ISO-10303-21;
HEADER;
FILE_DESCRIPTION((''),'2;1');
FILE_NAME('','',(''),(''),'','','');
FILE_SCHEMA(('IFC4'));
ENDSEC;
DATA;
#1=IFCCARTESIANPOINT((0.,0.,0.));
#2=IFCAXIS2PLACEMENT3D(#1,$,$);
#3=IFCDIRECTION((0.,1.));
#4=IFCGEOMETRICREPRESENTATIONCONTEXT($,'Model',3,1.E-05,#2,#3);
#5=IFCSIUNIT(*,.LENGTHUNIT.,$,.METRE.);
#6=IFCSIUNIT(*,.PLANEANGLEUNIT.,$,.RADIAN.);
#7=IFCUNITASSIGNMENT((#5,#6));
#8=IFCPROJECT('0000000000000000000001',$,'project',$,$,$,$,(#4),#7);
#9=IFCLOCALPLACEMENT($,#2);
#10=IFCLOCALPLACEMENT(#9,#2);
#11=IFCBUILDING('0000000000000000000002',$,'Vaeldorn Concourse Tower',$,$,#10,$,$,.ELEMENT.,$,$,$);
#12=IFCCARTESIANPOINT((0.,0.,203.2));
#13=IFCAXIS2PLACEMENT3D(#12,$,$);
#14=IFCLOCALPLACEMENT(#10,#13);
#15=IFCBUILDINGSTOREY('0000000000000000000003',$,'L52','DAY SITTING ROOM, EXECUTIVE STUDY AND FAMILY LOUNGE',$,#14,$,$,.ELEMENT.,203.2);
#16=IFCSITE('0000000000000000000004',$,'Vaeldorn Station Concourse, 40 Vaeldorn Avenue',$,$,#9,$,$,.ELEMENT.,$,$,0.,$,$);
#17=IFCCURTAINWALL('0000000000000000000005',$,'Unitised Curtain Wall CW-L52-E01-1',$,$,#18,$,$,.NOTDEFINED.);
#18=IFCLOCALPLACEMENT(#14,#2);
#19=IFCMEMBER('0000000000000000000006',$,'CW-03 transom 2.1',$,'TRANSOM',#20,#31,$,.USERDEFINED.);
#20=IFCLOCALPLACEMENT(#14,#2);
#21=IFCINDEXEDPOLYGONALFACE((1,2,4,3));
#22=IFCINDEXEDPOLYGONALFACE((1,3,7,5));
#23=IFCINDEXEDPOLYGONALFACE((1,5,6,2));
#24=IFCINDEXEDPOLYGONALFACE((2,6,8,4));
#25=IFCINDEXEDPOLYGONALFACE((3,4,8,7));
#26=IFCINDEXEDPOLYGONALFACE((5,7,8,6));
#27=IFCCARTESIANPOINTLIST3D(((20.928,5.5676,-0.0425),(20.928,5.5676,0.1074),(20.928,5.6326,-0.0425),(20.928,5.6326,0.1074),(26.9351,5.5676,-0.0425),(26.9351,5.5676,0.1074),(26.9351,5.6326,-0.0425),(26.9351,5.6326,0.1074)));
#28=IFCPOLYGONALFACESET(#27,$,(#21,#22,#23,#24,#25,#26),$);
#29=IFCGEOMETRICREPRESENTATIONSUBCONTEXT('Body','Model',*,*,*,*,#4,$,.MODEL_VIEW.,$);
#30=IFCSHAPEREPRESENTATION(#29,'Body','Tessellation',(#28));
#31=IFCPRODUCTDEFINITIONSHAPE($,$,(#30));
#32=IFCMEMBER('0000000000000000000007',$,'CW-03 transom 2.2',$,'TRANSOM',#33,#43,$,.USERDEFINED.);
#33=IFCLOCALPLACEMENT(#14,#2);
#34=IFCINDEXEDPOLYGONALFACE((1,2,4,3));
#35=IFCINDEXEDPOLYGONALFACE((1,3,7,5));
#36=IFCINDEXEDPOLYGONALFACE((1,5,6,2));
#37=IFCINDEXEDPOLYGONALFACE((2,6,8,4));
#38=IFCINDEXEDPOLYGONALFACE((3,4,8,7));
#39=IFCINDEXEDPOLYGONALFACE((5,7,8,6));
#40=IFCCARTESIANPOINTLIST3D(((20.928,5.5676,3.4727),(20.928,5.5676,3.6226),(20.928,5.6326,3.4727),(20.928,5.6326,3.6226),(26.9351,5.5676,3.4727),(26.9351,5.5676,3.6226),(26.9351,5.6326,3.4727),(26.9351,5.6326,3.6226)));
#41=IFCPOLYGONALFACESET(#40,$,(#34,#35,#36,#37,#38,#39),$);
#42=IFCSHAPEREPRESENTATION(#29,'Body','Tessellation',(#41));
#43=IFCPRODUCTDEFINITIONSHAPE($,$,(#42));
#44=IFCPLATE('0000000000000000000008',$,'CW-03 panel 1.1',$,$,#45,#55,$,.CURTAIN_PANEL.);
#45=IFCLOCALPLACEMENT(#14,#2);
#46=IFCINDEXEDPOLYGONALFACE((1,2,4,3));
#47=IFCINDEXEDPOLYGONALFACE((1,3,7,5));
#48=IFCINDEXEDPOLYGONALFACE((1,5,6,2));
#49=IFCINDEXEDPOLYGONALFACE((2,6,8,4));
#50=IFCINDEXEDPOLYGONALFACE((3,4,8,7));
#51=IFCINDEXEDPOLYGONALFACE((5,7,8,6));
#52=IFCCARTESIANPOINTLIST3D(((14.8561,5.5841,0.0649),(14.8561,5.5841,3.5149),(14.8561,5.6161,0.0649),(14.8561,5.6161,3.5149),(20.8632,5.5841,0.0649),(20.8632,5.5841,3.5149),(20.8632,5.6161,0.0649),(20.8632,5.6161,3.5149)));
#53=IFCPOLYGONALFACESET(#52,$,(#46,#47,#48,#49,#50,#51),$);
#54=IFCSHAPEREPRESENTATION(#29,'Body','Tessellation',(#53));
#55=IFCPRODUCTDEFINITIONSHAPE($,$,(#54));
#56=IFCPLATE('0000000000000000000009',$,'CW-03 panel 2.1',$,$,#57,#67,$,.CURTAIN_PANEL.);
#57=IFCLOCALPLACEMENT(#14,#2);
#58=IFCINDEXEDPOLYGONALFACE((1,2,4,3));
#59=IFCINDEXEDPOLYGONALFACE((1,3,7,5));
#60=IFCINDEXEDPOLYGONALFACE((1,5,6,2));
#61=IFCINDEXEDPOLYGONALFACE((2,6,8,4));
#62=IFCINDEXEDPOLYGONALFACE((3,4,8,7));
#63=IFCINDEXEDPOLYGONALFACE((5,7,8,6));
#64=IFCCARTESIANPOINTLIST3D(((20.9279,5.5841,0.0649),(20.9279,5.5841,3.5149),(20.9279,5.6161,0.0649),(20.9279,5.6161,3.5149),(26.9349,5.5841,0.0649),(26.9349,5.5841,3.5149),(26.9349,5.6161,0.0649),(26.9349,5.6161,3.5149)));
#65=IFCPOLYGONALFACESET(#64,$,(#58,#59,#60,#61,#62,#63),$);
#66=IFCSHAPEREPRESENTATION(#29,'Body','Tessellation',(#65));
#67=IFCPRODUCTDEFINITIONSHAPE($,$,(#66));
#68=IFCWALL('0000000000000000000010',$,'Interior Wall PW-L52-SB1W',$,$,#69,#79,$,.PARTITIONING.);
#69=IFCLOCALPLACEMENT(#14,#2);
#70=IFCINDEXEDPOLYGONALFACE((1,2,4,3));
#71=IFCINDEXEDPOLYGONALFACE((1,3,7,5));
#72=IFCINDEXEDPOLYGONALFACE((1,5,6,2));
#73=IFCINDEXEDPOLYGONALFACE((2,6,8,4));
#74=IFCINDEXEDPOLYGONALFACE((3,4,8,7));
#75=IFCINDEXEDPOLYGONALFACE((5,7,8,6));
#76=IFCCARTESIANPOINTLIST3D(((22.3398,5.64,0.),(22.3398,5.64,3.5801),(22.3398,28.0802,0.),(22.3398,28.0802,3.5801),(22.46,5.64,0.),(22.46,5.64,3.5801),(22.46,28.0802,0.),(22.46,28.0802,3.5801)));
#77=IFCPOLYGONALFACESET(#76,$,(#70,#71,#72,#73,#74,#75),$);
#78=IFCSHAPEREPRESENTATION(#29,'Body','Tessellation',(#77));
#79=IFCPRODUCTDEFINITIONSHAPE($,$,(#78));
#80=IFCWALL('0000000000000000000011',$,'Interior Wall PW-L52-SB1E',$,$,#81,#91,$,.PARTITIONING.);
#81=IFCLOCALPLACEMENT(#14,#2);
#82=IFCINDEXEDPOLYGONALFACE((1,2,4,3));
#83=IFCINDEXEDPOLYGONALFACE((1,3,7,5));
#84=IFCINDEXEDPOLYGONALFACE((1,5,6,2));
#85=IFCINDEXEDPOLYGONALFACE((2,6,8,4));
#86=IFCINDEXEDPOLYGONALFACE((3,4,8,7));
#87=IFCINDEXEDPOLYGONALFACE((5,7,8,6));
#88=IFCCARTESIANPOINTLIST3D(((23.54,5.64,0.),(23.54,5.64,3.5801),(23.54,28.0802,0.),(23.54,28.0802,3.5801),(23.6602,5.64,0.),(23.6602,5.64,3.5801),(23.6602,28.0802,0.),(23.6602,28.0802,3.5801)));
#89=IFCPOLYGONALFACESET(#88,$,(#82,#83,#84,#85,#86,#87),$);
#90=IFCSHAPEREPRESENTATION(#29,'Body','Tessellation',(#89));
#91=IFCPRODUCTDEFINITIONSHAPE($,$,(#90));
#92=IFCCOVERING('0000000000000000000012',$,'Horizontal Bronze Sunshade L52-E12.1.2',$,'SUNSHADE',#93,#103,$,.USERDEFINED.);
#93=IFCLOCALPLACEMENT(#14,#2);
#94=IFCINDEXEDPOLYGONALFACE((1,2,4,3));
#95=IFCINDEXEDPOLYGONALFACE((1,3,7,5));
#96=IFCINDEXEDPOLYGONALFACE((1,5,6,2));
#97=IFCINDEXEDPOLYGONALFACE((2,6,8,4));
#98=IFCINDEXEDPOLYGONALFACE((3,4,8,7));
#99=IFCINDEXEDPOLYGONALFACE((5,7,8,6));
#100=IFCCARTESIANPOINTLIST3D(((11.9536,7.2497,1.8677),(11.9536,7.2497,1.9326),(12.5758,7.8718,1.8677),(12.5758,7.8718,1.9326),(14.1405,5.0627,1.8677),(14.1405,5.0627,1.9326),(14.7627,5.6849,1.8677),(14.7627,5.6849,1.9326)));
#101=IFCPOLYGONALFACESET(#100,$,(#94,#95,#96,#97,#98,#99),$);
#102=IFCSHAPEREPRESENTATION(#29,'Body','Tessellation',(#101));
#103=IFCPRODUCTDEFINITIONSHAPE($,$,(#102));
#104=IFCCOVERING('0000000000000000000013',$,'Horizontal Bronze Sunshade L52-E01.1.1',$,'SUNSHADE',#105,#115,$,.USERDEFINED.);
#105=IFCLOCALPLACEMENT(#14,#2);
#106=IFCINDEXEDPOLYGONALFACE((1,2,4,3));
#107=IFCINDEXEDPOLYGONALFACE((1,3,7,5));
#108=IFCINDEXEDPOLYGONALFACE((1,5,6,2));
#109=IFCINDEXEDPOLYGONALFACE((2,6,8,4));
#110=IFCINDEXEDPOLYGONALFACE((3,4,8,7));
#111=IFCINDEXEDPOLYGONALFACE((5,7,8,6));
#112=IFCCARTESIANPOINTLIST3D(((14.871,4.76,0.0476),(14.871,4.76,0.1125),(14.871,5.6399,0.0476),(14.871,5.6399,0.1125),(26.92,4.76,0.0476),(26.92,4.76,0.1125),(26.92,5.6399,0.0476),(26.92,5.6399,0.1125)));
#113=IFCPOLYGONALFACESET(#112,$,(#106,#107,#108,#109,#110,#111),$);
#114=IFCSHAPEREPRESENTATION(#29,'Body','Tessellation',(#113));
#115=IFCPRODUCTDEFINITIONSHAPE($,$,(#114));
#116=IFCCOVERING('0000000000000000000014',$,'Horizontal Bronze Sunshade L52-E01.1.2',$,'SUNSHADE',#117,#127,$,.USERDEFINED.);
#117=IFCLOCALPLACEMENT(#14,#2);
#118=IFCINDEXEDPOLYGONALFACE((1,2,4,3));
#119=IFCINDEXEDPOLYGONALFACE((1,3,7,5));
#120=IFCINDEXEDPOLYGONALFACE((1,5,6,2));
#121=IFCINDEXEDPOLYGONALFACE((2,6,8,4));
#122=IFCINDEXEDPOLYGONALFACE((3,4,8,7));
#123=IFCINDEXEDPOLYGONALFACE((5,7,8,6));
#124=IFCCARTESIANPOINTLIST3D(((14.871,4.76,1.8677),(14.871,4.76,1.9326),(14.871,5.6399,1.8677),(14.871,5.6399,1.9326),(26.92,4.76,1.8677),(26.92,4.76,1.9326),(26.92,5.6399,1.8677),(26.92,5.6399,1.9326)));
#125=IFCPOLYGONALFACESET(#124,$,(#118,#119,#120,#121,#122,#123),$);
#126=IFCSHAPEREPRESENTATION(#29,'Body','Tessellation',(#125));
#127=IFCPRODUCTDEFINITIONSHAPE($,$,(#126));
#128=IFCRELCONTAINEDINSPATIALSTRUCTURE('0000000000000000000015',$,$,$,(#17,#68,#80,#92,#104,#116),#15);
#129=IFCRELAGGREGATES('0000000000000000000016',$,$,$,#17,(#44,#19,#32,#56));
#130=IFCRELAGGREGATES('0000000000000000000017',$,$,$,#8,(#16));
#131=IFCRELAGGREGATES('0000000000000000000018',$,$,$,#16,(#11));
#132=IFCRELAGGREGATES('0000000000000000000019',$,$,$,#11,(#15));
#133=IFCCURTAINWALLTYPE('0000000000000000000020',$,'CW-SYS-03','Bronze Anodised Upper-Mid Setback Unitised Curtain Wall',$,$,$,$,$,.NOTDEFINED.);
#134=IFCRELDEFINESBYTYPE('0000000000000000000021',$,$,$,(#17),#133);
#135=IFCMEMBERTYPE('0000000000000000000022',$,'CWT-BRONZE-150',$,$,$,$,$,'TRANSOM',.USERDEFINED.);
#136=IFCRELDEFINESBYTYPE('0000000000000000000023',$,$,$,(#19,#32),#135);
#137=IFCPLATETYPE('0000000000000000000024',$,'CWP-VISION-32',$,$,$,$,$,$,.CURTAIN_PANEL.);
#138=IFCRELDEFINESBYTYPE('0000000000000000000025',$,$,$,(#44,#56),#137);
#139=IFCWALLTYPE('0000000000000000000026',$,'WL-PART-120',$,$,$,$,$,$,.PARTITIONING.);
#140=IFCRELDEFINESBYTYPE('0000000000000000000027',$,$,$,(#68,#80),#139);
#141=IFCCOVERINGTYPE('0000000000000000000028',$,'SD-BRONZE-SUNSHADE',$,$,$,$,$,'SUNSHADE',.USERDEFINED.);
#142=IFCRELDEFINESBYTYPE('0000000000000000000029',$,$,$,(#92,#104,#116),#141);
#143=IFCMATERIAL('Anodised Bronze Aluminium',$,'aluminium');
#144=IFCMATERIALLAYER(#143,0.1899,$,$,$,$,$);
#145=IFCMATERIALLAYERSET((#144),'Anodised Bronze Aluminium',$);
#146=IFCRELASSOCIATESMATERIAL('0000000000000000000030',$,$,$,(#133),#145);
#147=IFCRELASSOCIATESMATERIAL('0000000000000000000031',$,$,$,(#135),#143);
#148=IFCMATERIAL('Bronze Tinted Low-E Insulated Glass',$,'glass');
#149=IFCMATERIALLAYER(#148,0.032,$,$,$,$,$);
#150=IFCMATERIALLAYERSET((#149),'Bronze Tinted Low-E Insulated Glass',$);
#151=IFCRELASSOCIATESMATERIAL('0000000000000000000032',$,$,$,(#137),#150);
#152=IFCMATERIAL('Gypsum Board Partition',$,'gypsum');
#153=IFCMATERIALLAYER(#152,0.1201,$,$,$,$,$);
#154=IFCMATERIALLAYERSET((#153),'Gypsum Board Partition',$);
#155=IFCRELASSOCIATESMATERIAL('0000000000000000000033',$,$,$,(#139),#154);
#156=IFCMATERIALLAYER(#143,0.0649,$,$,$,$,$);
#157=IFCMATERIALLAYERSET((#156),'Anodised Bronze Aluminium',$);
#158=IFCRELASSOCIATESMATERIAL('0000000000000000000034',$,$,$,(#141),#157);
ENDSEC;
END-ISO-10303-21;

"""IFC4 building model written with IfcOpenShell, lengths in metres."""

from ifc_helpers import new_model, si_unit, direction, frame, frame_2d, origin, origin_2d, place, context, subcontext, project, spatial, rectangle, extrude, source, transform, mapped, material, layer, layer_set, material_profile, profile_set, type_object, element, aggregate, save


model = new_model("IFC4")

# Units and contexts
model_context = context("Model", 3, precision=1e-05, world=origin(), true_north=direction((0.0, 1.0)))
body_context = subcontext(model_context, "Body", "Model", "MODEL_VIEW")
ifc_project = project(units=[si_unit("LENGTHUNIT", "METRE"), si_unit("PLANEANGLEUNIT", "RADIAN")], contexts=[model_context])

# Site, building, storey
site_placement = place(None, origin())
site = spatial("IfcSite", under=ifc_project, at=site_placement, Name="Vaeldorn Station Concourse, 40 Vaeldorn Avenue", CompositionType="ELEMENT", RefElevation=0.0)
building_placement = place(site_placement, origin())
building = spatial("IfcBuilding", under=site, at=building_placement, Name="Vaeldorn Concourse Tower", CompositionType="ELEMENT")
storey_placement = place(building_placement, frame((0.0, 0.0, 203.2)))
storey = spatial("IfcBuildingStorey", under=building, at=storey_placement, Name="L52", Description="DAY SITTING ROOM, EXECUTIVE STUDY AND FAMILY LOUNGE", CompositionType="ELEMENT", Elevation=203.2)

# Curtain wall
ifc_material_1 = material(Name="Anodised Bronze Aluminium", Category="aluminium")
ifc_layer_1 = layer(ifc_material_1, 0.1899)
ifc_layer_set_1 = layer_set([ifc_layer_1], Name="Anodised Bronze Aluminium")
curtain_wall_type = type_object("IfcCurtainWallType", Name="CW-SYS-03", Description="Bronze Anodised Upper-Mid Setback Unitised Curtain Wall", PredefinedType="NOTDEFINED", material=ifc_layer_set_1)
ifc_material_profile_1 = material_profile(ifc_material_1, rectangle(XDim=0.0649, YDim=0.1499, at=origin_2d()), Name="CWT 65x150")
ifc_profile_set_1 = profile_set([ifc_material_profile_1], Name="Anodised Bronze Aluminium")
member_type_1 = type_object("IfcMemberType", Name="CWT-BRONZE-150", ElementType="TRANSOM", PredefinedType="USERDEFINED", material=ifc_profile_set_1)
curtain_wall_1_placement = place(storey_placement, origin())
curtain_wall_1 = element("IfcCurtainWall", 1, at=curtain_wall_1_placement, inside=storey, type_object=curtain_wall_type, Name="Unitised Curtain Wall CW-L52-E01-1", PredefinedType="NOTDEFINED")

# Members
shared_shape_1 = source(origin(), body_context, "Body", "SweptSolid", [
    extrude(rectangle(XDim=0.0649, YDim=0.1499, at=origin_2d()), origin(), (0.0, 0.0, 1.0), 6.0071),
])
member_1_placement = place(storey_placement, frame((20.928, 5.6001, 0.0325), z_axis=(1.0, 0.0, 0.0), x_axis=(0.0, 1.0, 0.0)))
member_1 = element("IfcMember", 2, at=member_1_placement, type_object=member_type_1, Name="CW-03 transom 2.1", ObjectType="TRANSOM", PredefinedType="USERDEFINED", context=body_context, shape_type="MappedRepresentation", body=[
    mapped(shared_shape_1, transform((0.0, 0.0, 0.0), scale=1.0)),
])
member_2_placement = place(storey_placement, frame((20.928, 5.6001, 3.5476), z_axis=(1.0, 0.0, 0.0), x_axis=(0.0, 1.0, 0.0)))
member_2 = element("IfcMember", 3, at=member_2_placement, type_object=member_type_1, Name="CW-03 transom 2.2", ObjectType="TRANSOM", PredefinedType="USERDEFINED", context=body_context, shape_type="MappedRepresentation", body=[
    mapped(shared_shape_1, transform((0.0, 0.0, 0.0), scale=1.0)),
])

# Plates
ifc_material_2 = material(Name="Bronze Tinted Low-E Insulated Glass", Category="glass")
ifc_layer_2 = layer(ifc_material_2, 0.032)
ifc_layer_set_2 = layer_set([ifc_layer_2], Name="Bronze Tinted Low-E Insulated Glass")
plate_type = type_object("IfcPlateType", Name="CWP-VISION-32", PredefinedType="CURTAIN_PANEL", material=ifc_layer_set_2)
shared_shape_2 = source(origin(), body_context, "Body", "SweptSolid", [
    extrude(rectangle(XDim=6.0071, YDim=0.032, at=origin_2d()), origin(), (0.0, 0.0, 1.0), 3.45),
])
plate_1_placement = place(storey_placement, frame((17.8596, 5.6001, 0.0649), z_axis=(0.0, 0.0, 1.0), x_axis=(1.0, 0.0, 0.0)))
plate_1 = element("IfcPlate", 4, at=plate_1_placement, type_object=plate_type, Name="CW-03 panel 1.1", PredefinedType="CURTAIN_PANEL", context=body_context, shape_type="MappedRepresentation", body=[
    mapped(shared_shape_2, transform((0.0, 0.0, 0.0), scale=1.0)),
])
plate_2_placement = place(storey_placement, frame((23.9314, 5.6001, 0.0649), z_axis=(0.0, 0.0, 1.0), x_axis=(1.0, 0.0, 0.0)))
plate_2 = element("IfcPlate", 5, at=plate_2_placement, type_object=plate_type, Name="CW-03 panel 2.1", PredefinedType="CURTAIN_PANEL", context=body_context, shape_type="MappedRepresentation", body=[
    mapped(shared_shape_2, transform((0.0, 0.0, 0.0), scale=1.0)),
])
aggregate(curtain_wall_1, [plate_1, member_1, member_2, plate_2])

# Walls
ifc_material_3 = material(Name="Gypsum Board Partition", Category="gypsum")
ifc_layer_3 = layer(ifc_material_3, 0.1201)
ifc_layer_set_3 = layer_set([ifc_layer_3], Name="Gypsum Board Partition")
wall_type = type_object("IfcWallType", Name="WL-PART-120", PredefinedType="PARTITIONING", material=ifc_layer_set_3)
for number, where, z_axis, x_axis, name in (
    (6, (22.3999, 5.6399, 0.0), (0.0, 0.0, 1.0), (0.0, 1.0, 0.0), "Interior Wall PW-L52-SB1W"),
    (7, (23.6001, 5.6399, 0.0), (0.0, 0.0, 1.0), (0.0, 1.0, 0.0), "Interior Wall PW-L52-SB1E"),
):
    element("IfcWall", number, at=place(storey_placement, frame(where, z_axis=z_axis, x_axis=x_axis)), inside=storey, type_object=wall_type, Name=name, PredefinedType="PARTITIONING", context=body_context, shape_type="SweptSolid", body=[
        extrude(rectangle(XDim=22.4402, YDim=0.1201, at=frame_2d((11.2202, 0.0))), origin(), (0.0, 0.0, 1.0), 3.5801),
    ])

# Coverings
ifc_layer_4 = layer(ifc_material_1, 0.0649)
ifc_layer_set_4 = layer_set([ifc_layer_4], Name="Anodised Bronze Aluminium")
covering_type = type_object("IfcCoveringType", Name="SD-BRONZE-SUNSHADE", ElementType="SUNSHADE", PredefinedType="USERDEFINED", material=ifc_layer_set_4)
shared_shape_3 = source(origin(), body_context, "Body", "SweptSolid", [
    extrude(rectangle(XDim=3.0928, YDim=0.8799, at=origin_2d()), origin(), (0.0, 0.0, 1.0), 0.0649),
])
covering_placement = place(storey_placement, frame((13.3582, 6.4673, 1.8677), z_axis=(0.0, 0.0, 1.0), x_axis=(0.707107, -0.707107, 0.0)))
element("IfcCovering", 8, at=covering_placement, inside=storey, type_object=covering_type, Name="Horizontal Bronze Sunshade L52-E12.1.2", ObjectType="SUNSHADE", PredefinedType="USERDEFINED", context=body_context, shape_type="MappedRepresentation", body=[
    mapped(shared_shape_3, transform((0.0, 0.0, 0.0), scale=1.0)),
])
shared_shape_4 = source(origin(), body_context, "Body", "SweptSolid", [
    extrude(rectangle(XDim=12.0491, YDim=0.8799, at=origin_2d()), origin(), (0.0, 0.0, 1.0), 0.0649),
])
for number, where, z_axis, x_axis, name in (
    (9, (20.8955, 5.2, 0.0476), (0.0, 0.0, 1.0), (1.0, 0.0, 0.0), "Horizontal Bronze Sunshade L52-E01.1.1"),
    (10, (20.8955, 5.2, 1.8677), (0.0, 0.0, 1.0), (1.0, 0.0, 0.0), "Horizontal Bronze Sunshade L52-E01.1.2"),
):
    element("IfcCovering", number, at=place(storey_placement, frame(where, z_axis=z_axis, x_axis=x_axis)), inside=storey, type_object=covering_type, Name=name, ObjectType="SUNSHADE", PredefinedType="USERDEFINED", context=body_context, shape_type="MappedRepresentation", body=[
        mapped(shared_shape_4, transform((0.0, 0.0, 0.0), scale=1.0)),
    ])

save(model, "model.ifc")
